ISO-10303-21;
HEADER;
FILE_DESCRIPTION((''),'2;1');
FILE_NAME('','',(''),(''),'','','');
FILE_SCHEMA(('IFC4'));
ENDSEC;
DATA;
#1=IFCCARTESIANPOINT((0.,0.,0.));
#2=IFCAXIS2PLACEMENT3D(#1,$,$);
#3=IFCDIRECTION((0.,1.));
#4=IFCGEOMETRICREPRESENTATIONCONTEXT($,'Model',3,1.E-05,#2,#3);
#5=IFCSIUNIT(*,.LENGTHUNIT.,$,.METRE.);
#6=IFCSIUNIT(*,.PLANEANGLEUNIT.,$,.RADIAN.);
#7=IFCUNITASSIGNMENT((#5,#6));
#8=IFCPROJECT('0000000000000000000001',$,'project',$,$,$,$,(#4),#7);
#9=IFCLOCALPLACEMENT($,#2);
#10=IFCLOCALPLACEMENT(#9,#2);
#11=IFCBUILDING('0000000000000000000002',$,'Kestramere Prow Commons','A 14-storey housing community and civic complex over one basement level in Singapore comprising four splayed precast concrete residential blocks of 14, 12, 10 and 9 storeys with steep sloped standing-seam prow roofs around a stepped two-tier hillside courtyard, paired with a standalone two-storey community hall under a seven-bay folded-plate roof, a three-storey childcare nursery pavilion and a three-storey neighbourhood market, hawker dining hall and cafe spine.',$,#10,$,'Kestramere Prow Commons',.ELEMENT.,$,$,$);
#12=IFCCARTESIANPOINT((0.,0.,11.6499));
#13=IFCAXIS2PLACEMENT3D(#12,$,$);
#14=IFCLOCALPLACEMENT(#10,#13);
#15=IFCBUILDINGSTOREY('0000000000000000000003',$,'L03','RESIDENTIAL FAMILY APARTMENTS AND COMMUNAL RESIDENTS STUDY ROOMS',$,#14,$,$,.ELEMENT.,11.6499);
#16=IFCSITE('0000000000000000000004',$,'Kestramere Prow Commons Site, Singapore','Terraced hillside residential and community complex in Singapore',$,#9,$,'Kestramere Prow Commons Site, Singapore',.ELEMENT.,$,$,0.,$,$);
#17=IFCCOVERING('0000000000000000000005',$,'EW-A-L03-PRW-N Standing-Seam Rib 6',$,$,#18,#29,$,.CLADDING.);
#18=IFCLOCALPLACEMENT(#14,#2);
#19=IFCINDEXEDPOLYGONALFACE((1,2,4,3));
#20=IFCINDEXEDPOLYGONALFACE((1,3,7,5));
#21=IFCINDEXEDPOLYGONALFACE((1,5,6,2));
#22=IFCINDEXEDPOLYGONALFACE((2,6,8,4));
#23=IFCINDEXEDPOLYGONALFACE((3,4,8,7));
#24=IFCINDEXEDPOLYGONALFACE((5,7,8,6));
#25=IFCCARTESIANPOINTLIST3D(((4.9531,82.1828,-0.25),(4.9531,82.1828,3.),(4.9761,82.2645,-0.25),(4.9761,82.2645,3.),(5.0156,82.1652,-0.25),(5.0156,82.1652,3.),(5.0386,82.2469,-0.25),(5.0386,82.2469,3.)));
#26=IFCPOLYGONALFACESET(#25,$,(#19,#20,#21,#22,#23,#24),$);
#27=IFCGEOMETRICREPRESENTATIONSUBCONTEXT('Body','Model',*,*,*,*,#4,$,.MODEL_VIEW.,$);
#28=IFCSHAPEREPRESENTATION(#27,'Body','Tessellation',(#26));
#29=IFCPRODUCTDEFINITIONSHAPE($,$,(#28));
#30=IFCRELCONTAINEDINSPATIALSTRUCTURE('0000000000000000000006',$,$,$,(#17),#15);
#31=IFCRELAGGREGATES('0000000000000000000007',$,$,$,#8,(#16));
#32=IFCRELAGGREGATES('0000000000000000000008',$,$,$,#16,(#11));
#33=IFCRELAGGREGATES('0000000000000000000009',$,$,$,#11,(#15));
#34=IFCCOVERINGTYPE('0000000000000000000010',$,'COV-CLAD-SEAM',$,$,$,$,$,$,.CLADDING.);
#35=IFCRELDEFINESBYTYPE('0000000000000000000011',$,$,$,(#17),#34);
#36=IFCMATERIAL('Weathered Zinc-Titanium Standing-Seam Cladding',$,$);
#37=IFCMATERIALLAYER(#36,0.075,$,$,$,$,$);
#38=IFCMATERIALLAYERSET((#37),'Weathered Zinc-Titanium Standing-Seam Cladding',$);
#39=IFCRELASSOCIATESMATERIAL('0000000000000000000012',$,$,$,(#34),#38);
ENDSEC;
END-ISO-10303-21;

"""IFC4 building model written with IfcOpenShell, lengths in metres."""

from ifc_helpers import new_model, si_unit, direction, frame, origin, origin_2d, place, context, subcontext, project, spatial, rectangle, extrude, material, layer, layer_set, type_object, element, save


model = new_model("IFC4")

# Units and contexts
model_context = context("Model", 3, precision=1e-05, world=origin(), true_north=direction((0.0, 1.0)))
body_context = subcontext(model_context, "Body", "Model", "MODEL_VIEW")
ifc_project = project(units=[si_unit("LENGTHUNIT", "METRE"), si_unit("PLANEANGLEUNIT", "RADIAN")], contexts=[model_context])

# Site, building, storey
site_placement = place(None, origin())
site = spatial("IfcSite", under=ifc_project, at=site_placement, Name="Kestramere Prow Commons Site, Singapore", Description="Terraced hillside residential and community complex in Singapore", LongName="Kestramere Prow Commons Site, Singapore", CompositionType="ELEMENT", RefElevation=0.0)
building_placement = place(site_placement, origin())
building = spatial("IfcBuilding", under=site, at=building_placement, Name="Kestramere Prow Commons", Description="A 14-storey housing community and civic complex over one basement level in Singapore comprising four splayed precast concrete residential blocks of 14, 12, 10 and 9 storeys with steep sloped standing-seam prow roofs around a stepped two-tier hillside courtyard, paired with a standalone two-storey community hall under a seven-bay folded-plate roof, a three-storey childcare nursery pavilion and a three-storey neighbourhood market, hawker dining hall and cafe spine.", LongName="Kestramere Prow Commons", CompositionType="ELEMENT")
storey_placement = place(building_placement, frame((0.0, 0.0, 11.6499)))
storey = spatial("IfcBuildingStorey", under=building, at=storey_placement, Name="L03", Description="RESIDENTIAL FAMILY APARTMENTS AND COMMUNAL RESIDENTS STUDY ROOMS", CompositionType="ELEMENT", Elevation=11.6499)

# Shared definitions
ifc_material_1 = material(Name="Weathered Zinc-Titanium Standing-Seam Cladding")

# Covering
ifc_layer_1 = layer(ifc_material_1, 0.075)
ifc_layer_set_1 = layer_set([ifc_layer_1], Name="Weathered Zinc-Titanium Standing-Seam Cladding")
covering_type = type_object("IfcCoveringType", Name="COV-CLAD-SEAM", PredefinedType="CLADDING", material=ifc_layer_set_1)
for number, where, z_axis, x_axis, name in (
    (1, (4.9958, 82.2148, -0.25), (0.0, 0.0, 1.0), (0.27116, 0.962534, 0.0), "EW-A-L03-PRW-N Standing-Seam Rib 6"),
):
    element("IfcCovering", number, at=place(storey_placement, frame(where, z_axis=z_axis, x_axis=x_axis)), inside=storey, type_object=covering_type, Name=name, PredefinedType="CLADDING", context=body_context, shape_type="SweptSolid", body=[
        extrude(rectangle(XDim=0.085, YDim=0.0649, at=origin_2d()), origin(), (0.0, 0.0, 1.0), 3.25),
    ])

save(model, "model.ifc")
